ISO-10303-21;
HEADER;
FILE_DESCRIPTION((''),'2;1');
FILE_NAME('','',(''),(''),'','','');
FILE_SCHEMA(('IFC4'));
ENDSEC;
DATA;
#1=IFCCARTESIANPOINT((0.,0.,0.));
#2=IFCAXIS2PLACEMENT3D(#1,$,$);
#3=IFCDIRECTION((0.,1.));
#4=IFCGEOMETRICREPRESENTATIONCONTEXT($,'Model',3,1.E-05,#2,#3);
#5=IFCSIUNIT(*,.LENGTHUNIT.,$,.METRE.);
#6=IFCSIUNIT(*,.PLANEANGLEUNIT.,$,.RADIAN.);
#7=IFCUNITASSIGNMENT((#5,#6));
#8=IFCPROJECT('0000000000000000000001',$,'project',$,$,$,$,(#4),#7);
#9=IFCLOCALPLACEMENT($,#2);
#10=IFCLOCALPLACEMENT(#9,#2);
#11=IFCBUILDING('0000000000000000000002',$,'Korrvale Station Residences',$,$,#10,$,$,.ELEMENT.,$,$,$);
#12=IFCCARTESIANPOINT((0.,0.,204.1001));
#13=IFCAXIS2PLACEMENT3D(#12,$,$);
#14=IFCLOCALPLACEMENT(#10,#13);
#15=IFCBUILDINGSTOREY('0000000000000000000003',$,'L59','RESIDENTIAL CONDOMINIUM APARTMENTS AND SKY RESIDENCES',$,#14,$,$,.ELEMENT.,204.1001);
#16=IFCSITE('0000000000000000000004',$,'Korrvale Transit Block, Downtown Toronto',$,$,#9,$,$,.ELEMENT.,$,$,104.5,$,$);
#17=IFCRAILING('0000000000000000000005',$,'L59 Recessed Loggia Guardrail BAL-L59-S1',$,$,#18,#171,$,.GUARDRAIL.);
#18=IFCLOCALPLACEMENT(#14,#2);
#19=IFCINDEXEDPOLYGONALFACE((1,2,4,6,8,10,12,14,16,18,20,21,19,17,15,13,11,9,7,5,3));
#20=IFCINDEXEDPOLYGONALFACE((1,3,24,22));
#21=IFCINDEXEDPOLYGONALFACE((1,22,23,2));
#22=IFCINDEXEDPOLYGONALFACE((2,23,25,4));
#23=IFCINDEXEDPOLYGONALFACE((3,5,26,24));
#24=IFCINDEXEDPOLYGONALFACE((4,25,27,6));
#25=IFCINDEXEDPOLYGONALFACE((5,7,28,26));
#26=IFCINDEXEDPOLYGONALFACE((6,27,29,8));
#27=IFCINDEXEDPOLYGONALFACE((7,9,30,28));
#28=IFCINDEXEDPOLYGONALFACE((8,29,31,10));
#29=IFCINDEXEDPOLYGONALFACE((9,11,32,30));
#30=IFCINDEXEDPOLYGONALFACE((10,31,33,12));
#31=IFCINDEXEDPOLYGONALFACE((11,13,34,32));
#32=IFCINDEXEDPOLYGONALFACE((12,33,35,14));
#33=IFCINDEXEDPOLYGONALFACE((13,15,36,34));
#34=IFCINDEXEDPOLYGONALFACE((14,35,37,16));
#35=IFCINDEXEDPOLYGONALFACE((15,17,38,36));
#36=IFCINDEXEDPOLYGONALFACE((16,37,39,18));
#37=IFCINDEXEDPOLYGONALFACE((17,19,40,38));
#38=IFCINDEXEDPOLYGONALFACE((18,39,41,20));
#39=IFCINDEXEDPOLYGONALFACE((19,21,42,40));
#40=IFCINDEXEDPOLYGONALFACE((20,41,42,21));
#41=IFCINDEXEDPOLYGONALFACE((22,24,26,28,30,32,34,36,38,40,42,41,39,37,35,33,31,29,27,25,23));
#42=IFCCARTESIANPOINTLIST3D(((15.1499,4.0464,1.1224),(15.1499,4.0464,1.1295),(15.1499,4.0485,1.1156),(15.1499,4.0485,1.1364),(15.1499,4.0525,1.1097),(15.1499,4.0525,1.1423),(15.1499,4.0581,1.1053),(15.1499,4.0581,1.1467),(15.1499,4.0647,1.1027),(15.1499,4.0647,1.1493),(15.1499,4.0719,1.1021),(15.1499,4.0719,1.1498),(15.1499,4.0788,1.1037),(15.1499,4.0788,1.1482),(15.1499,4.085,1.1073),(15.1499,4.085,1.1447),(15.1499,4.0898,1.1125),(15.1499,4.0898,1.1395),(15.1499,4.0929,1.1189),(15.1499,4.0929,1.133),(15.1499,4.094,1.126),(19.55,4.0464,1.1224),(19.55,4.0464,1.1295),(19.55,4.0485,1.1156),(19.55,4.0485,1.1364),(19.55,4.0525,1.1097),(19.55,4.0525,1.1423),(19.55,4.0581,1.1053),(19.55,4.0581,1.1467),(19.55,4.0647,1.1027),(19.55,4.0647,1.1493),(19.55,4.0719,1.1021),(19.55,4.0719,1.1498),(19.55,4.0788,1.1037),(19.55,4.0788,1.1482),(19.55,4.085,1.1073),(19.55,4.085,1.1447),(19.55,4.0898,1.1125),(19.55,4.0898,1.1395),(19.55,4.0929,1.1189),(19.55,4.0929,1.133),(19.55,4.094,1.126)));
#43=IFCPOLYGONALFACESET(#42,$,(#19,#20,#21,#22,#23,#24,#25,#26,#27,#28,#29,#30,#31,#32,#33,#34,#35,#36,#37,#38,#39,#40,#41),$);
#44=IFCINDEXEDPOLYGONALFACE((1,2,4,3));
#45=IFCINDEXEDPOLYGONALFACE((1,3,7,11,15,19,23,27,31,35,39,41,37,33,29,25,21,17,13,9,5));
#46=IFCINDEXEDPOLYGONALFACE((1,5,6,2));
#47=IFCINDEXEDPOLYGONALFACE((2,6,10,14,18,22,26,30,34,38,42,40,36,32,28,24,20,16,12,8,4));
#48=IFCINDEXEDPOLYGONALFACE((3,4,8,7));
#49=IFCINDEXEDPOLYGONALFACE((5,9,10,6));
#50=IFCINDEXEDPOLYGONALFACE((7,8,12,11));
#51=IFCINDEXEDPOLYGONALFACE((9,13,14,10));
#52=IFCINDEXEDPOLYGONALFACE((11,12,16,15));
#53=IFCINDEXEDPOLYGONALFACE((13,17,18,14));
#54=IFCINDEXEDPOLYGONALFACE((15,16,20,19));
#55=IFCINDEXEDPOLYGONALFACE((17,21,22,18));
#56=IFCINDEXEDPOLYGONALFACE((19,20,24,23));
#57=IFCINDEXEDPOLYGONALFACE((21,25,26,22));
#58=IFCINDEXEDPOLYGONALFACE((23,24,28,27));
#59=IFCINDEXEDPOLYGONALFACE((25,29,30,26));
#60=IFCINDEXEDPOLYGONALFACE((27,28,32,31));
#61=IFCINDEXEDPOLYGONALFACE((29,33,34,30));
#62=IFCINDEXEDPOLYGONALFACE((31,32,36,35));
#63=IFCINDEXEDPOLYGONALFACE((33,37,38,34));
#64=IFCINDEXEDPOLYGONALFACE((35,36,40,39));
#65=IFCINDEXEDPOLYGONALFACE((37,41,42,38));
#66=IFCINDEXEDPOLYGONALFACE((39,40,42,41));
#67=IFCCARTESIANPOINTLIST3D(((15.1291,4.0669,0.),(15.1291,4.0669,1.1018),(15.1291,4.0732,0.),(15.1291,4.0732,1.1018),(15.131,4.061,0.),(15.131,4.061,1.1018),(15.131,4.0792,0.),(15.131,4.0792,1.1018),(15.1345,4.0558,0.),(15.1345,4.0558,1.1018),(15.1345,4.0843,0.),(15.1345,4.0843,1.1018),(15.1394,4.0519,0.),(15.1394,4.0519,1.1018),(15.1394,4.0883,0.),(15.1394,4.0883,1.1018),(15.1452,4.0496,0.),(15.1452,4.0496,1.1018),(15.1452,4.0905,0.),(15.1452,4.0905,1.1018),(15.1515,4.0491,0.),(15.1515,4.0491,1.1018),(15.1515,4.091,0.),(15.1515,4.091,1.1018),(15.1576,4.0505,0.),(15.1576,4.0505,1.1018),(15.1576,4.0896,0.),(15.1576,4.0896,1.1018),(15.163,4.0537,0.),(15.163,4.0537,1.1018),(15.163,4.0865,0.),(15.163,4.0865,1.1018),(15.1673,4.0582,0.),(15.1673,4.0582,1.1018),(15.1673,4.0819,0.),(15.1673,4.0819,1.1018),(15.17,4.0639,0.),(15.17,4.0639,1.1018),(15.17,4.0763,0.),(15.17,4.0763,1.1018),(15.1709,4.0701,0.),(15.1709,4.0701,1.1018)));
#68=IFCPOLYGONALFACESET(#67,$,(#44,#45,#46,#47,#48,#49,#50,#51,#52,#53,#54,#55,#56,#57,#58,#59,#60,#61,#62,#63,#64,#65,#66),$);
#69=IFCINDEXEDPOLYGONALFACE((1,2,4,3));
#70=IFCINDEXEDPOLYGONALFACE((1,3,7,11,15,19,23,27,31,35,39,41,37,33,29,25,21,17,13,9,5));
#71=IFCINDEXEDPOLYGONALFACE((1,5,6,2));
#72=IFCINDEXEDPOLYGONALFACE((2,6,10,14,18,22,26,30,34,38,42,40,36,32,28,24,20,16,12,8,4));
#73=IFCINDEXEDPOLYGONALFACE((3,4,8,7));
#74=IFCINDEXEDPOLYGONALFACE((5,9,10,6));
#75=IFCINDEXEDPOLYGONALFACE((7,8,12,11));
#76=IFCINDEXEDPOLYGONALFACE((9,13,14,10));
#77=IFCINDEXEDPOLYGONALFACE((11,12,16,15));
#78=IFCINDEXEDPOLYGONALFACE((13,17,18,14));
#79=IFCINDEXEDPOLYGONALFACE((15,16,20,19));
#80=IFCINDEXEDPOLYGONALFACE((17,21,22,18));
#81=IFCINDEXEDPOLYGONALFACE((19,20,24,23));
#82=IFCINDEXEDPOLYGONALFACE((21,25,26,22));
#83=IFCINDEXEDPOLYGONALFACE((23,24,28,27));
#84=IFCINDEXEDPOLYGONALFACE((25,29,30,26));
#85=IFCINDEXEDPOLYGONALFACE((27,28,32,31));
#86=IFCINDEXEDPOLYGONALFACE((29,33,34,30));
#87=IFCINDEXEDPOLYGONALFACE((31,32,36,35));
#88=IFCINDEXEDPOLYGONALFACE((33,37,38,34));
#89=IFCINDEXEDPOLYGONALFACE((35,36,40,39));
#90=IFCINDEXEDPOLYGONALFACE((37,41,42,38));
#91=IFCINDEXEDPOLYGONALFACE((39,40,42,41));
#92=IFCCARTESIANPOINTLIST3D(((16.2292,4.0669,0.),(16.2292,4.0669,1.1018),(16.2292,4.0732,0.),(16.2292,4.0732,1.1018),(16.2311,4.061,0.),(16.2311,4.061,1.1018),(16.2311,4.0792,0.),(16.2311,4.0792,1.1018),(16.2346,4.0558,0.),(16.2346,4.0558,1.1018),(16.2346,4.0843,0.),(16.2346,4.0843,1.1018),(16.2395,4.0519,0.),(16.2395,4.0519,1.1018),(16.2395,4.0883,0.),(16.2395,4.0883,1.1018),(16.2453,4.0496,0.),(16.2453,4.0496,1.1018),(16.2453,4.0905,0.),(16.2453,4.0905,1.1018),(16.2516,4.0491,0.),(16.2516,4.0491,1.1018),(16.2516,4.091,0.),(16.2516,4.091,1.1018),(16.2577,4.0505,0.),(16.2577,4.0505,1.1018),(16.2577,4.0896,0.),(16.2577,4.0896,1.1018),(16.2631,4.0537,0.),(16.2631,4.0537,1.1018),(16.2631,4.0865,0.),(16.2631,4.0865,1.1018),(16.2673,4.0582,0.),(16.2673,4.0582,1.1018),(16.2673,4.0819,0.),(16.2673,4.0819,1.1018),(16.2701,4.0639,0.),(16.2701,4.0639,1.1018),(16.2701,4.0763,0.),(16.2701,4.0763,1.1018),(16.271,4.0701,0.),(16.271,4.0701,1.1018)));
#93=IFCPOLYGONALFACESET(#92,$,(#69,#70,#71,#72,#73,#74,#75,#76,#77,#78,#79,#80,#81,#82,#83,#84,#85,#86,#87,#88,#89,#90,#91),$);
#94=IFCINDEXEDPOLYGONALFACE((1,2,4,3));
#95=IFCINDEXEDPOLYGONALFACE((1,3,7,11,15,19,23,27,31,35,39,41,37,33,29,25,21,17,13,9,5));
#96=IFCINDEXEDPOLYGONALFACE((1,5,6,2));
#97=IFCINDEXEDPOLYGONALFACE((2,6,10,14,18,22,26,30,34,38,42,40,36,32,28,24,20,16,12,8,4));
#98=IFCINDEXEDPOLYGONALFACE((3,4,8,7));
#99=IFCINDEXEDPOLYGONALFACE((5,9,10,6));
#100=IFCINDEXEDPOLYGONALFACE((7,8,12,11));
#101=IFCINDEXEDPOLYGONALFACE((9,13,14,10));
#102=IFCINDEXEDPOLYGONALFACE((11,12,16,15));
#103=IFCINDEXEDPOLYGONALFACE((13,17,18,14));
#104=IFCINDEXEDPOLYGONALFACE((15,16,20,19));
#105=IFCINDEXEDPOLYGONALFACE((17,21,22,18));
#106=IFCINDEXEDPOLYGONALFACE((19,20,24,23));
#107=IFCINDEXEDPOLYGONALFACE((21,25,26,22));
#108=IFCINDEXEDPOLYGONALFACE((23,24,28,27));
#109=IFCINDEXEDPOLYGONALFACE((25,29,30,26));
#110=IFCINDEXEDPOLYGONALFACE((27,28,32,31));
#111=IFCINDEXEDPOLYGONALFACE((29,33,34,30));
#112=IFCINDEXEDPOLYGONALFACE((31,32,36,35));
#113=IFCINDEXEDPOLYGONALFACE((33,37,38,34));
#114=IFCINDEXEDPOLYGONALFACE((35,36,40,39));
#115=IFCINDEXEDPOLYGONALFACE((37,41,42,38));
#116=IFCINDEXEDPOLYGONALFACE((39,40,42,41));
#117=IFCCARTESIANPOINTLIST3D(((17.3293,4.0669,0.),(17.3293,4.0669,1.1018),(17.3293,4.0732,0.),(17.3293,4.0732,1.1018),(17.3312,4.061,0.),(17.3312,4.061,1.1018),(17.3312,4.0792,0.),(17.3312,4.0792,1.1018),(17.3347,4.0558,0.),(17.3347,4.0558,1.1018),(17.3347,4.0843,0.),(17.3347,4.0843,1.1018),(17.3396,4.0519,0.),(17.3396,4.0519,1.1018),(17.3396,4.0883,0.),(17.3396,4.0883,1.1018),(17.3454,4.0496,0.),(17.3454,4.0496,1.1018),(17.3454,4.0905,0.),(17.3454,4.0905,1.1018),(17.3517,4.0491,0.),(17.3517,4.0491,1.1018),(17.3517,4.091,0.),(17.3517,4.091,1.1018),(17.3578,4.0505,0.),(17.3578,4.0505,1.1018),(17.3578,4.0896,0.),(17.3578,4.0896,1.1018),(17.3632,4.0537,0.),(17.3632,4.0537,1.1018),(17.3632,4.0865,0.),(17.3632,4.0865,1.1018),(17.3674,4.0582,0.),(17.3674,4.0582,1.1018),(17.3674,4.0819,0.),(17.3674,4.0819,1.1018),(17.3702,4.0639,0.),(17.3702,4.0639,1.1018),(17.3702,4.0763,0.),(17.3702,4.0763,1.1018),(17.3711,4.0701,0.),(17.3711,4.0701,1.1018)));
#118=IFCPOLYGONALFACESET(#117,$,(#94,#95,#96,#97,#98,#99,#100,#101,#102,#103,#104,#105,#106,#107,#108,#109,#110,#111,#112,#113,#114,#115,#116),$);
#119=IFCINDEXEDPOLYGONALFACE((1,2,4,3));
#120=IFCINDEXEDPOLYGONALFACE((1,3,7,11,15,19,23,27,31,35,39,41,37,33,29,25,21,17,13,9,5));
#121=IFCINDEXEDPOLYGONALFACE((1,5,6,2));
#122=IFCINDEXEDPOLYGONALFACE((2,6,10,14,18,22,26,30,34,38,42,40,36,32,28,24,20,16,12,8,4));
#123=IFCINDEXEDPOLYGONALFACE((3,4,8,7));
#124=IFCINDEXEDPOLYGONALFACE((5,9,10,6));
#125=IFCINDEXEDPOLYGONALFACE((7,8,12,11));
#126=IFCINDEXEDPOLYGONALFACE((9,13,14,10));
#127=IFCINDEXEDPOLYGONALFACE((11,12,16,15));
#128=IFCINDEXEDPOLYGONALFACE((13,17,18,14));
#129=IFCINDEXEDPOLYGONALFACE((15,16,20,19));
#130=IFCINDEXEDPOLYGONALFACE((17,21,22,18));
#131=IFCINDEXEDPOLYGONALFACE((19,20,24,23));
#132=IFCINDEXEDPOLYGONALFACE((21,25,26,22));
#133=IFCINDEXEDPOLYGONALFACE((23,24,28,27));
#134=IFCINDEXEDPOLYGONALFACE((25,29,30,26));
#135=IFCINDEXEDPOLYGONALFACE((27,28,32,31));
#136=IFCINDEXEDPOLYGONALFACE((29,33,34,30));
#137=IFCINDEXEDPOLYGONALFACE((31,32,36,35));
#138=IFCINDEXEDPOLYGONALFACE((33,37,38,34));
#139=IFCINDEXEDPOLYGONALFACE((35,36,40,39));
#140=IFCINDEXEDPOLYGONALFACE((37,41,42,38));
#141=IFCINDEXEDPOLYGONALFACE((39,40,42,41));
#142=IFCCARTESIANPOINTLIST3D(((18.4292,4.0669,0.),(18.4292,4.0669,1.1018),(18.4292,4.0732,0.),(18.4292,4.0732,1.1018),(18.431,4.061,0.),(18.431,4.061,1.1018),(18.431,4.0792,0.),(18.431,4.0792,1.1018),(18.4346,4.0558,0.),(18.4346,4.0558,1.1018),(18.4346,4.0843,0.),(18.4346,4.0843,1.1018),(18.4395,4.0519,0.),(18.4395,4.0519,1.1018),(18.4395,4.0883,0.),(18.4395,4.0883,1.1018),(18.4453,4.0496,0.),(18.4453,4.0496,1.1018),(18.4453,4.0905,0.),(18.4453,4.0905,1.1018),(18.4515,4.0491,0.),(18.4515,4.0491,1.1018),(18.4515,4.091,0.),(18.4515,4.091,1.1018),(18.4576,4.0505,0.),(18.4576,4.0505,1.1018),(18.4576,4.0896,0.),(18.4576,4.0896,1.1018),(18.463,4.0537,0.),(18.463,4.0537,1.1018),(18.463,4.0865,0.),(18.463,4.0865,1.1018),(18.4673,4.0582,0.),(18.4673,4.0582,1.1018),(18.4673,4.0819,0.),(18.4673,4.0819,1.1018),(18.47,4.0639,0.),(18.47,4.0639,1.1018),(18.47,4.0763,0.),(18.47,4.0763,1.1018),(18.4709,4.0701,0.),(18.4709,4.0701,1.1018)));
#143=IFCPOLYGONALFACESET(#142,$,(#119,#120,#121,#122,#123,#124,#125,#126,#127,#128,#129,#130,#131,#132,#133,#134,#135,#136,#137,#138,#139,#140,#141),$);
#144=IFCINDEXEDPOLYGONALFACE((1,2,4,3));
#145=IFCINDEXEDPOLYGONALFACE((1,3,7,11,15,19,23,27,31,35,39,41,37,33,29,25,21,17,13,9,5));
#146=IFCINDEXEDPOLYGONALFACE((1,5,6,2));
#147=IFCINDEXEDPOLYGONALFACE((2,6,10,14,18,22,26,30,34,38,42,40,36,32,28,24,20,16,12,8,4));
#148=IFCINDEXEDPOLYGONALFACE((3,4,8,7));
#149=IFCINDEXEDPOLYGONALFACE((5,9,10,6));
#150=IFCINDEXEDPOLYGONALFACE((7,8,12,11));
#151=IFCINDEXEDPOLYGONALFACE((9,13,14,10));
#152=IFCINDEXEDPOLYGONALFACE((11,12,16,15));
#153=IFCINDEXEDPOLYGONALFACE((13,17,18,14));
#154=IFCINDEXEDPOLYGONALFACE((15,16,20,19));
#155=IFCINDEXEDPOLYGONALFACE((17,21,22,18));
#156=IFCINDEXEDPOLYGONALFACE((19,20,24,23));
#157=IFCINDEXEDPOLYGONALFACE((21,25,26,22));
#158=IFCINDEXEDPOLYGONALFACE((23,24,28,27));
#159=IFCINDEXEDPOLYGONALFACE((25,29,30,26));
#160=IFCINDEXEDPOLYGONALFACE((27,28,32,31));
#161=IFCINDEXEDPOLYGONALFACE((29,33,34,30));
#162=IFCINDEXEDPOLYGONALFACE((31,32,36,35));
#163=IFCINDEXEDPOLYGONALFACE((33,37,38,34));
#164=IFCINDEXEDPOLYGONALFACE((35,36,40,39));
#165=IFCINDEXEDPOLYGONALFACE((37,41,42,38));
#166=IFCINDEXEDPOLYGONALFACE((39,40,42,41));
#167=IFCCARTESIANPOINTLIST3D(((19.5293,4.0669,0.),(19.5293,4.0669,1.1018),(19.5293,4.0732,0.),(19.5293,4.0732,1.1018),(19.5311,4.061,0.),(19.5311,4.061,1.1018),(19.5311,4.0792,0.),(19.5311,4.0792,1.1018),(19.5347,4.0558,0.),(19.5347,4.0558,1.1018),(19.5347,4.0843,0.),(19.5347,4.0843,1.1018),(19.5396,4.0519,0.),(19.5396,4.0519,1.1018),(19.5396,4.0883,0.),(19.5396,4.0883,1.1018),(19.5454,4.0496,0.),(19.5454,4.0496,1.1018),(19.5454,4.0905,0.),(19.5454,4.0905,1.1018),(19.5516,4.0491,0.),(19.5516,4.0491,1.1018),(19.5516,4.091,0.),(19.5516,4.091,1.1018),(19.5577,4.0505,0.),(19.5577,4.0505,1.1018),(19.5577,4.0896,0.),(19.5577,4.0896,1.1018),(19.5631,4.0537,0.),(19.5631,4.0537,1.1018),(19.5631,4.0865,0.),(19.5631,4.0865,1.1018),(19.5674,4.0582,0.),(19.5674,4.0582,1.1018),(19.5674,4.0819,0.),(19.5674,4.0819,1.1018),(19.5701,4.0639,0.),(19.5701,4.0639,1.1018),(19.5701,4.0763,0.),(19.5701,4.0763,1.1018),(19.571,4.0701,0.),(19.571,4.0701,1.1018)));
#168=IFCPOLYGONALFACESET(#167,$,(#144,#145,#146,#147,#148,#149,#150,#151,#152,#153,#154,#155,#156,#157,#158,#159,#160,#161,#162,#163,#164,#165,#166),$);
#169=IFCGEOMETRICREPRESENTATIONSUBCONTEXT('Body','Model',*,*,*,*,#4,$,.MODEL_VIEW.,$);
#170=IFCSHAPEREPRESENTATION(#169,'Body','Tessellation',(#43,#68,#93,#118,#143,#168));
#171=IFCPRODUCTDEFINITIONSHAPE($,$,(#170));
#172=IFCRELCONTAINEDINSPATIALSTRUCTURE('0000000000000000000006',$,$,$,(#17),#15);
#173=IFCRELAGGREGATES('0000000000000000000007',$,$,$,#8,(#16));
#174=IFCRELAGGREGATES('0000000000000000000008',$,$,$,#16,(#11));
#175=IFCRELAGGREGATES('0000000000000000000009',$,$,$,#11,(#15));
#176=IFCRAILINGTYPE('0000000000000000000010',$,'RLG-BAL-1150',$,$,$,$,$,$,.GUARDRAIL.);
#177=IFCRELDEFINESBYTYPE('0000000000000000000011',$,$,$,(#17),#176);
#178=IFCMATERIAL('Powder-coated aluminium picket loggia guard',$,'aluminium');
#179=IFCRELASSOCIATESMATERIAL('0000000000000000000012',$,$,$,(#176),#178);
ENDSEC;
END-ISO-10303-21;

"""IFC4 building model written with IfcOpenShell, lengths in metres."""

from ifc_helpers import new_model, si_unit, direction, frame, origin, origin_2d, place, context, subcontext, project, spatial, circle, extrude, material, type_object, element, save


model = new_model("IFC4")

# Units and contexts
model_context = context("Model", 3, precision=1e-05, world=origin(), true_north=direction((0.0, 1.0)))
body_context = subcontext(model_context, "Body", "Model", "MODEL_VIEW")
ifc_project = project(units=[si_unit("LENGTHUNIT", "METRE"), si_unit("PLANEANGLEUNIT", "RADIAN")], contexts=[model_context])

# Site, building, storey
site_placement = place(None, origin())
site = spatial("IfcSite", under=ifc_project, at=site_placement, Name="Korrvale Transit Block, Downtown Toronto", CompositionType="ELEMENT", RefElevation=104.5)
building_placement = place(site_placement, origin())
building = spatial("IfcBuilding", under=site, at=building_placement, Name="Korrvale Station Residences", CompositionType="ELEMENT")
storey_placement = place(building_placement, frame((0.0, 0.0, 204.1001)))
storey = spatial("IfcBuildingStorey", under=building, at=storey_placement, Name="L59", Description="RESIDENTIAL CONDOMINIUM APARTMENTS AND SKY RESIDENCES", CompositionType="ELEMENT", Elevation=204.1001)

# Railing
ifc_material_1 = material(Name="Powder-coated aluminium picket loggia guard", Category="aluminium")
railing_type = type_object("IfcRailingType", Name="RLG-BAL-1150", PredefinedType="GUARDRAIL", material=ifc_material_1)
railing_placement = place(storey_placement, frame((15.1499, 4.0701, 0.0)))
element("IfcRailing", 1, at=railing_placement, inside=storey, type_object=railing_type, Name="L59 Recessed Loggia Guardrail BAL-L59-S1", PredefinedType="GUARDRAIL", context=body_context, shape_type="SweptSolid", body=[
    extrude(circle(Radius=0.0239, at=origin_2d()), frame((0.0, 0.0, 1.126), z_axis=(1.0, 0.0, 0.0), x_axis=(0.0, 1.0, 0.0)), (0.0, 0.0, 1.0), 4.4001),
    extrude(circle(Radius=0.021, at=origin_2d()), origin(), (0.0, 0.0, 1.0), 1.1018),
    extrude(circle(Radius=0.021, at=origin_2d()), frame((1.1001, 0.0, 0.0)), (0.0, 0.0, 1.0), 1.1018),
    extrude(circle(Radius=0.021, at=origin_2d()), frame((2.2002, 0.0, 0.0)), (0.0, 0.0, 1.0), 1.1018),
    extrude(circle(Radius=0.021, at=origin_2d()), frame((3.3, 0.0, 0.0)), (0.0, 0.0, 1.0), 1.1018),
    extrude(circle(Radius=0.021, at=origin_2d()), frame((4.4001, 0.0, 0.0)), (0.0, 0.0, 1.0), 1.1018),
])

save(model, "model.ifc")
